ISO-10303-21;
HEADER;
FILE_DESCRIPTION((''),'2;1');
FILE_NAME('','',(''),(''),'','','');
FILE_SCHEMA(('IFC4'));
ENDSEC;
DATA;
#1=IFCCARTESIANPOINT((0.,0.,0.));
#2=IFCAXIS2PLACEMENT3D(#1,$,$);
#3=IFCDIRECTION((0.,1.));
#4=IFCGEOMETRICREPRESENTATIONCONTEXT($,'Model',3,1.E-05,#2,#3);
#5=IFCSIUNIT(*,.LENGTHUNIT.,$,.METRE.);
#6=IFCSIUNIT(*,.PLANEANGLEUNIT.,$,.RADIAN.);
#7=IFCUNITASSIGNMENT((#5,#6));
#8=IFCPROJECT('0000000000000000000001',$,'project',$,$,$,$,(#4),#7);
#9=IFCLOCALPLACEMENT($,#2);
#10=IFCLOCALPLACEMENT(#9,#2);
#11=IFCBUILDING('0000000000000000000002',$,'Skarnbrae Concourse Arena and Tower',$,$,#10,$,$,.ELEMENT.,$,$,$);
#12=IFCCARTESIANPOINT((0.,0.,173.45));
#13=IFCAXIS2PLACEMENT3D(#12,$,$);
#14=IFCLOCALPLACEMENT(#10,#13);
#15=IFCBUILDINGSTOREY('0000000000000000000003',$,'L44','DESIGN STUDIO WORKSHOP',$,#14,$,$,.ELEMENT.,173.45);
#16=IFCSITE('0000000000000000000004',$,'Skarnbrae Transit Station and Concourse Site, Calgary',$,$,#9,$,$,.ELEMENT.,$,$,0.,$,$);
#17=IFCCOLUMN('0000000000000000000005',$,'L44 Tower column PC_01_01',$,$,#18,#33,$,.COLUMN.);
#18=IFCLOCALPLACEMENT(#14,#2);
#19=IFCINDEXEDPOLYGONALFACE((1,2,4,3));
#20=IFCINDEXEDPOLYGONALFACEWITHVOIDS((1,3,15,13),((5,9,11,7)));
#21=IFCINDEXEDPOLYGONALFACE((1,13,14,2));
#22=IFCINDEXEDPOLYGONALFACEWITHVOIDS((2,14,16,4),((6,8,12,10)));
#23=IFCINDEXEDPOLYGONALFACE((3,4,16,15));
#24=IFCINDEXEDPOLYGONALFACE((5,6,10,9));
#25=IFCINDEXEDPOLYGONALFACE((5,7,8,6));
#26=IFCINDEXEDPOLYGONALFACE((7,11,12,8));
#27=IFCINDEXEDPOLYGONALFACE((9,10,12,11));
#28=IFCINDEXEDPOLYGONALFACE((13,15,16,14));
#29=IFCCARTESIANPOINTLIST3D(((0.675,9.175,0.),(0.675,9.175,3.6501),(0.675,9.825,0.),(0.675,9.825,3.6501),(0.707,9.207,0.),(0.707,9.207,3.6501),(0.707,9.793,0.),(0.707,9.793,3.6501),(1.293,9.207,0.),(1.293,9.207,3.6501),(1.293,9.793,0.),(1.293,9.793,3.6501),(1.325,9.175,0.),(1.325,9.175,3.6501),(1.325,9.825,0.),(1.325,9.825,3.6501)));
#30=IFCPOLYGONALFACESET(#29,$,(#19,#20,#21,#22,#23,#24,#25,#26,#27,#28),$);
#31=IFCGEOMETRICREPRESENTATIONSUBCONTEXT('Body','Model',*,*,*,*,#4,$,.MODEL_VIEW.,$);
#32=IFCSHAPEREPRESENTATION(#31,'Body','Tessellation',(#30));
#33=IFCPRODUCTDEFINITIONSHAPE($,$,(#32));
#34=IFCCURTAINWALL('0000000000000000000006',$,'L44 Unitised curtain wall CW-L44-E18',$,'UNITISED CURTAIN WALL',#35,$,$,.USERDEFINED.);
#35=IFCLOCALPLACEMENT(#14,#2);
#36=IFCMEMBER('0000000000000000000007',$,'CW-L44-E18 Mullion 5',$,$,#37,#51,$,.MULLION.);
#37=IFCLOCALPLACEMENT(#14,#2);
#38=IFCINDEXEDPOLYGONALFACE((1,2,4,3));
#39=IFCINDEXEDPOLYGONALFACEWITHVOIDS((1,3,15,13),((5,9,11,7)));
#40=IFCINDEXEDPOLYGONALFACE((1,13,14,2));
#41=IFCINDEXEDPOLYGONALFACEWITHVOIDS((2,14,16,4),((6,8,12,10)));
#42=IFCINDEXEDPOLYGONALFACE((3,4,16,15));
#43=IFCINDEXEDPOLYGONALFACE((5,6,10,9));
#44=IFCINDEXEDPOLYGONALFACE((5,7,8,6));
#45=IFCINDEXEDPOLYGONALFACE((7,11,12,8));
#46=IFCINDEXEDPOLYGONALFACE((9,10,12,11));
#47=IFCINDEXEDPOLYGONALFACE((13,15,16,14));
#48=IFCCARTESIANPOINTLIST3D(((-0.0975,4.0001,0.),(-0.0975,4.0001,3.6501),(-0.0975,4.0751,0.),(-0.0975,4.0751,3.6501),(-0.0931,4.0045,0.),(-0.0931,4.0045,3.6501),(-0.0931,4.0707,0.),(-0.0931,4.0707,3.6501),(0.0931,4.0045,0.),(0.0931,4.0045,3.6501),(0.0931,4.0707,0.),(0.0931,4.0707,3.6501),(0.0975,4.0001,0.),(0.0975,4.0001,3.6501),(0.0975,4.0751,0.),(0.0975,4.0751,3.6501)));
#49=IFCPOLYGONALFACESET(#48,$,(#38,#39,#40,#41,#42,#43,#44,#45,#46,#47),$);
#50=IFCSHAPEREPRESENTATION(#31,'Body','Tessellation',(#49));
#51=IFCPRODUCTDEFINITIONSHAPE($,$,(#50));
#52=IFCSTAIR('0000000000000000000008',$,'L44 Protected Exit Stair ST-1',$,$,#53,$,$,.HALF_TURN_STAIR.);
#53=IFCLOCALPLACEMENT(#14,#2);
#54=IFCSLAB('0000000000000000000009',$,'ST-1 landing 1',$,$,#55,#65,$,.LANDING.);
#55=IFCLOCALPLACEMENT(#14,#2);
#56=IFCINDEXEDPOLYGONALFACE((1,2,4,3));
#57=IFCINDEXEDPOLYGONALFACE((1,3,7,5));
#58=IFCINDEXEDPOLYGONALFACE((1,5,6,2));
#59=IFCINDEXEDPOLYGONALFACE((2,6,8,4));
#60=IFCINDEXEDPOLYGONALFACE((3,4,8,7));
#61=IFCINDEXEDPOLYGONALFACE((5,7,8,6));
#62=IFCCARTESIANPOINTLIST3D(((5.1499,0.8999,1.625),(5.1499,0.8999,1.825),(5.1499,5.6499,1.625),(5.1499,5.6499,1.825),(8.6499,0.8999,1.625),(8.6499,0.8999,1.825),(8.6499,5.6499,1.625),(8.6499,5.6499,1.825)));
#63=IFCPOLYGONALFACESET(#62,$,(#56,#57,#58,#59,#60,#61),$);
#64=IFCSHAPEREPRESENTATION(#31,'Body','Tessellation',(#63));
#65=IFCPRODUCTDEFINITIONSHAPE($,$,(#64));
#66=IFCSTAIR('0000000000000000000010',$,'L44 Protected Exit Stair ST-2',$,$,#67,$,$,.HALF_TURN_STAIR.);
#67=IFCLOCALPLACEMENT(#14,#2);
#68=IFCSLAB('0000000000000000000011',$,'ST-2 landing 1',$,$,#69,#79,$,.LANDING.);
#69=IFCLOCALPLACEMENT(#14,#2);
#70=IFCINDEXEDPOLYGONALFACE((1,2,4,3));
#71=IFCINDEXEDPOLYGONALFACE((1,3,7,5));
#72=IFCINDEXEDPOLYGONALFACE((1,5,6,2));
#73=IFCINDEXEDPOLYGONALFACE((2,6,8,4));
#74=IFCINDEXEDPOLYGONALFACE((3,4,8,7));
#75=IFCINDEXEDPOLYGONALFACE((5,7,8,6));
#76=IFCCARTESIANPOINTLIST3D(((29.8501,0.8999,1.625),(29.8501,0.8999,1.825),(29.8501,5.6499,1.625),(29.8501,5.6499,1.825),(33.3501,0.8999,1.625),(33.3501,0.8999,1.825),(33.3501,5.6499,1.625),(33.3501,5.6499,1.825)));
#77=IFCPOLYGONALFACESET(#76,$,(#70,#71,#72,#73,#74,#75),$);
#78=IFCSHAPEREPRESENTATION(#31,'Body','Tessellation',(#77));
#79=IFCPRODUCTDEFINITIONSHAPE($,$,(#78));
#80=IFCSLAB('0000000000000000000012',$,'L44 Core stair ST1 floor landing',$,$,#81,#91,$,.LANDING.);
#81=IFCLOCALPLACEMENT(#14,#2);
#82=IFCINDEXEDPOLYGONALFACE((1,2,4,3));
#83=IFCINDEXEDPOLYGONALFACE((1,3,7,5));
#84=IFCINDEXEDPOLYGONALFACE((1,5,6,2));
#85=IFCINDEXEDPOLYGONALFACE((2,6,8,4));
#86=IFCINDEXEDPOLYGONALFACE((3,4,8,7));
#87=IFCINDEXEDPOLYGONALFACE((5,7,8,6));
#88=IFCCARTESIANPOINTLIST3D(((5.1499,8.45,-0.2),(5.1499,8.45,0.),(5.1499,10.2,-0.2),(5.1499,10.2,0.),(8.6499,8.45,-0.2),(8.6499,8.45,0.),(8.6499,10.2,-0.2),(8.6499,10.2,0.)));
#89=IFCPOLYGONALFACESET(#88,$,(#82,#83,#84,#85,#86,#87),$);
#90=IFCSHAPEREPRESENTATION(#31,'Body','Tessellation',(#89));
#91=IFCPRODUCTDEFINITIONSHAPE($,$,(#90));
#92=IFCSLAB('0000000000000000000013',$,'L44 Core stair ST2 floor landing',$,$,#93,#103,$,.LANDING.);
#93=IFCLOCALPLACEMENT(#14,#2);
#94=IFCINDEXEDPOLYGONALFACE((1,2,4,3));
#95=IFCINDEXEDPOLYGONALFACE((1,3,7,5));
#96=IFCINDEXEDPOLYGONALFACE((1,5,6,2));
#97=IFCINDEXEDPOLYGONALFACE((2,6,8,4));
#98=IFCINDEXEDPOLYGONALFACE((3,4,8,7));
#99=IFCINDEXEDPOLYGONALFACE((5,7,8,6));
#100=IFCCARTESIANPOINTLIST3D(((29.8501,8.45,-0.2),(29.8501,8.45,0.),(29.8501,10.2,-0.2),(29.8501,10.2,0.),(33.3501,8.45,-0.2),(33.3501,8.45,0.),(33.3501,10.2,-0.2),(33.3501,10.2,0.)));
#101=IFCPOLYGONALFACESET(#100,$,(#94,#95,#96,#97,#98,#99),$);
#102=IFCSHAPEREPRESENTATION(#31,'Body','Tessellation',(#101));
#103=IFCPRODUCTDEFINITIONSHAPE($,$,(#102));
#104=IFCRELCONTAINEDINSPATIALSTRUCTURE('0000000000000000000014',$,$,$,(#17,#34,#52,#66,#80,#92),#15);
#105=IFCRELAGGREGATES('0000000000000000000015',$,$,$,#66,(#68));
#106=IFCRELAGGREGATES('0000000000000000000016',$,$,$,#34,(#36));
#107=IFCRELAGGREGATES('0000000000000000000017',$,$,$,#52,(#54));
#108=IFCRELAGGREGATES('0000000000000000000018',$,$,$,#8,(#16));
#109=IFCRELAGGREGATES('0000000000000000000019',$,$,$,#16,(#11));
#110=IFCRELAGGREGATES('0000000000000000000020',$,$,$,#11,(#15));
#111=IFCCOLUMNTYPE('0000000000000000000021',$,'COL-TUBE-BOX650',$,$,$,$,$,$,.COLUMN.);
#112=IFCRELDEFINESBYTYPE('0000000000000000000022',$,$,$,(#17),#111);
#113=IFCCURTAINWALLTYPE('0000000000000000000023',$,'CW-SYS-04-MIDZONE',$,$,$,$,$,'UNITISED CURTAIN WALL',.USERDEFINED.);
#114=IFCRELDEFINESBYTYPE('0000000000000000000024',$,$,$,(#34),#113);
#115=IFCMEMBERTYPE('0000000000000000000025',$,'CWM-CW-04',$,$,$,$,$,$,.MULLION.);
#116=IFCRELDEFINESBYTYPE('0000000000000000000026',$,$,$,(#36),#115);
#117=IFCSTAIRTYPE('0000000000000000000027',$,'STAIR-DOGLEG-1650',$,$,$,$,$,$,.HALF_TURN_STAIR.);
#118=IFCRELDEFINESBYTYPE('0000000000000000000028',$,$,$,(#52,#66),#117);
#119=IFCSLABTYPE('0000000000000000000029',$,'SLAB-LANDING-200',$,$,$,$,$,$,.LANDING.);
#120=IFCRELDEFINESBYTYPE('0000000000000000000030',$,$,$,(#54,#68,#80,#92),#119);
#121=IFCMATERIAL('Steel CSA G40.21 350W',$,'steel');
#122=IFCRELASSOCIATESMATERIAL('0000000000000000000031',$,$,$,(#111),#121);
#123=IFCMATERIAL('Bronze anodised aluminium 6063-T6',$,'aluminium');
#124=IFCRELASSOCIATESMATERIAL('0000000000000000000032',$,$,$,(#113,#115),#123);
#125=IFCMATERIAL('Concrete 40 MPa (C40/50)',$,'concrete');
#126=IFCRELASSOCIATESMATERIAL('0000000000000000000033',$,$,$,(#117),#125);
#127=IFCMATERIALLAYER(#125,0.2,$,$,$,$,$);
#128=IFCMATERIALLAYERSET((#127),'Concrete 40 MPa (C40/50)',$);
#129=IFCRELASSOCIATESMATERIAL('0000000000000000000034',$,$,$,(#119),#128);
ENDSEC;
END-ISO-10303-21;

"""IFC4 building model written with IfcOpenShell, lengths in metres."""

from ifc_helpers import new_model, si_unit, direction, frame, origin, origin_2d, place, context, subcontext, project, spatial, polyline, hollow_rectangle, outline, extrude, source, transform, mapped, material, layer, layer_set, material_profile, profile_set, type_object, element, aggregate, save


model = new_model("IFC4")

# Units and contexts
model_context = context("Model", 3, precision=1e-05, world=origin(), true_north=direction((0.0, 1.0)))
body_context = subcontext(model_context, "Body", "Model", "MODEL_VIEW")
ifc_project = project(units=[si_unit("LENGTHUNIT", "METRE"), si_unit("PLANEANGLEUNIT", "RADIAN")], contexts=[model_context])

# Site, building, storey
site_placement = place(None, origin())
site = spatial("IfcSite", under=ifc_project, at=site_placement, Name="Skarnbrae Transit Station and Concourse Site, Calgary", CompositionType="ELEMENT", RefElevation=0.0)
building_placement = place(site_placement, origin())
building = spatial("IfcBuilding", under=site, at=building_placement, Name="Skarnbrae Concourse Arena and Tower", CompositionType="ELEMENT")
storey_placement = place(building_placement, frame((0.0, 0.0, 173.45)))
storey = spatial("IfcBuildingStorey", under=building, at=storey_placement, Name="L44", Description="DESIGN STUDIO WORKSHOP", CompositionType="ELEMENT", Elevation=173.45)

# Column
ifc_material_1 = material(Name="Steel CSA G40.21 350W", Category="steel")
ifc_material_profile_1 = material_profile(ifc_material_1, hollow_rectangle(XDim=0.6499, YDim=0.6499, WallThickness=0.032, at=origin_2d()), Name="BOX650X650X32")
ifc_profile_set_1 = profile_set([ifc_material_profile_1], Name="Steel CSA G40.21 350W")
column_type = type_object("IfcColumnType", Name="COL-TUBE-BOX650", PredefinedType="COLUMN", material=ifc_profile_set_1)
shared_shape_1 = source(origin(), body_context, "Body", "SweptSolid", [
    extrude(hollow_rectangle(XDim=0.6499, YDim=0.6499, WallThickness=0.032, at=origin_2d()), origin(), (0.0, 0.0, 1.0), 3.6501),
])
column_placement = place(storey_placement, frame((1.0, 9.5, 0.0), z_axis=(0.0, 0.0, 1.0), x_axis=(1.0, 0.0, 0.0)))
element("IfcColumn", 1, at=column_placement, inside=storey, type_object=column_type, Name="L44 Tower column PC_01_01", PredefinedType="COLUMN", context=body_context, shape_type="MappedRepresentation", body=[
    mapped(shared_shape_1, transform((0.0, 0.0, 0.0))),
])

# Curtain wall, member
ifc_material_2 = material(Name="Bronze anodised aluminium 6063-T6", Category="aluminium")
curtain_wall_type = type_object("IfcCurtainWallType", Name="CW-SYS-04-MIDZONE", ElementType="UNITISED CURTAIN WALL", PredefinedType="USERDEFINED", material=ifc_material_2)
curtain_wall_placement = place(storey_placement, origin())
curtain_wall = element("IfcCurtainWall", 2, at=curtain_wall_placement, inside=storey, type_object=curtain_wall_type, Name="L44 Unitised curtain wall CW-L44-E18", ObjectType="UNITISED CURTAIN WALL", PredefinedType="USERDEFINED")
ifc_material_profile_2 = material_profile(ifc_material_2, hollow_rectangle(XDim=0.075, YDim=0.1951, WallThickness=0.0044, at=origin_2d()), Name="ALU-MULL-75X195")
ifc_profile_set_2 = profile_set([ifc_material_profile_2], Name="Bronze anodised aluminium 6063-T6")
member_type = type_object("IfcMemberType", Name="CWM-CW-04", PredefinedType="MULLION", material=ifc_profile_set_2)
shared_shape_2 = source(origin(), body_context, "Body", "SweptSolid", [
    extrude(hollow_rectangle(XDim=0.075, YDim=0.1951, WallThickness=0.0044, at=origin_2d()), origin(), (0.0, 0.0, 1.0), 3.6501),
])
member_placement = place(storey_placement, frame((0.0, 4.0376, 0.0), z_axis=(0.0, 0.0, 1.0), x_axis=(0.0, -1.0, 0.0)))
member = element("IfcMember", 3, at=member_placement, type_object=member_type, Name="CW-L44-E18 Mullion 5", PredefinedType="MULLION", context=body_context, shape_type="MappedRepresentation", body=[
    mapped(shared_shape_2, transform((0.0, 0.0, 0.0))),
])

# Stairs, slabs
ifc_material_3 = material(Name="Concrete 40 MPa (C40/50)", Category="concrete")
stair_type = type_object("IfcStairType", Name="STAIR-DOGLEG-1650", PredefinedType="HALF_TURN_STAIR", material=ifc_material_3)
stair_1_placement = place(storey_placement, origin())
stair_1 = element("IfcStair", 4, at=stair_1_placement, inside=storey, type_object=stair_type, Name="L44 Protected Exit Stair ST-1", PredefinedType="HALF_TURN_STAIR")
ifc_layer_1 = layer(ifc_material_3, 0.2)
ifc_layer_set_1 = layer_set([ifc_layer_1], Name="Concrete 40 MPa (C40/50)")
slab_type_1 = type_object("IfcSlabType", Name="SLAB-LANDING-200", PredefinedType="LANDING", material=ifc_layer_set_1)
slab_1_placement = place(storey_placement, frame((0.0, 0.0, 1.625)))
slab_1 = element("IfcSlab", 5, at=slab_1_placement, type_object=slab_type_1, Name="ST-1 landing 1", PredefinedType="LANDING", context=body_context, shape_type="SweptSolid", body=[
    extrude(outline(polyline([(5.1499, 5.6499), (5.1499, 0.8999), (8.6499, 0.8999), (8.6499, 5.6499), (5.1499, 5.6499)])), origin(), (0.0, 0.0, 1.0), 0.2),
])
stair_2_placement = place(storey_placement, origin())
stair_2 = element("IfcStair", 6, at=stair_2_placement, inside=storey, type_object=stair_type, Name="L44 Protected Exit Stair ST-2", PredefinedType="HALF_TURN_STAIR")
slab_2_placement = place(storey_placement, frame((0.0, 0.0, 1.625)))
slab_2 = element("IfcSlab", 7, at=slab_2_placement, type_object=slab_type_1, Name="ST-2 landing 1", PredefinedType="LANDING", context=body_context, shape_type="SweptSolid", body=[
    extrude(outline(polyline([(29.8501, 5.6499), (29.8501, 0.8999), (33.3501, 0.8999), (33.3501, 5.6499), (29.8501, 5.6499)])), origin(), (0.0, 0.0, 1.0), 0.2),
])
aggregate(stair_2, [slab_2])

# Slabs
slab_3_placement = place(storey_placement, frame((0.0, 0.0, -0.2)))
element("IfcSlab", 8, at=slab_3_placement, inside=storey, type_object=slab_type_1, Name="L44 Core stair ST1 floor landing", PredefinedType="LANDING", context=body_context, shape_type="SweptSolid", body=[
    extrude(outline(polyline([(5.1499, 10.2), (5.1499, 8.45), (8.6499, 8.45), (8.6499, 10.2), (5.1499, 10.2)])), origin(), (0.0, 0.0, 1.0), 0.2),
])
slab_4_placement = place(storey_placement, frame((0.0, 0.0, -0.2)))
element("IfcSlab", 9, at=slab_4_placement, inside=storey, type_object=slab_type_1, Name="L44 Core stair ST2 floor landing", PredefinedType="LANDING", context=body_context, shape_type="SweptSolid", body=[
    extrude(outline(polyline([(29.8501, 10.2), (29.8501, 8.45), (33.3501, 8.45), (33.3501, 10.2), (29.8501, 10.2)])), origin(), (0.0, 0.0, 1.0), 0.2),
])

aggregate(curtain_wall, [member])

aggregate(stair_1, [slab_1])

save(model, "model.ifc")
